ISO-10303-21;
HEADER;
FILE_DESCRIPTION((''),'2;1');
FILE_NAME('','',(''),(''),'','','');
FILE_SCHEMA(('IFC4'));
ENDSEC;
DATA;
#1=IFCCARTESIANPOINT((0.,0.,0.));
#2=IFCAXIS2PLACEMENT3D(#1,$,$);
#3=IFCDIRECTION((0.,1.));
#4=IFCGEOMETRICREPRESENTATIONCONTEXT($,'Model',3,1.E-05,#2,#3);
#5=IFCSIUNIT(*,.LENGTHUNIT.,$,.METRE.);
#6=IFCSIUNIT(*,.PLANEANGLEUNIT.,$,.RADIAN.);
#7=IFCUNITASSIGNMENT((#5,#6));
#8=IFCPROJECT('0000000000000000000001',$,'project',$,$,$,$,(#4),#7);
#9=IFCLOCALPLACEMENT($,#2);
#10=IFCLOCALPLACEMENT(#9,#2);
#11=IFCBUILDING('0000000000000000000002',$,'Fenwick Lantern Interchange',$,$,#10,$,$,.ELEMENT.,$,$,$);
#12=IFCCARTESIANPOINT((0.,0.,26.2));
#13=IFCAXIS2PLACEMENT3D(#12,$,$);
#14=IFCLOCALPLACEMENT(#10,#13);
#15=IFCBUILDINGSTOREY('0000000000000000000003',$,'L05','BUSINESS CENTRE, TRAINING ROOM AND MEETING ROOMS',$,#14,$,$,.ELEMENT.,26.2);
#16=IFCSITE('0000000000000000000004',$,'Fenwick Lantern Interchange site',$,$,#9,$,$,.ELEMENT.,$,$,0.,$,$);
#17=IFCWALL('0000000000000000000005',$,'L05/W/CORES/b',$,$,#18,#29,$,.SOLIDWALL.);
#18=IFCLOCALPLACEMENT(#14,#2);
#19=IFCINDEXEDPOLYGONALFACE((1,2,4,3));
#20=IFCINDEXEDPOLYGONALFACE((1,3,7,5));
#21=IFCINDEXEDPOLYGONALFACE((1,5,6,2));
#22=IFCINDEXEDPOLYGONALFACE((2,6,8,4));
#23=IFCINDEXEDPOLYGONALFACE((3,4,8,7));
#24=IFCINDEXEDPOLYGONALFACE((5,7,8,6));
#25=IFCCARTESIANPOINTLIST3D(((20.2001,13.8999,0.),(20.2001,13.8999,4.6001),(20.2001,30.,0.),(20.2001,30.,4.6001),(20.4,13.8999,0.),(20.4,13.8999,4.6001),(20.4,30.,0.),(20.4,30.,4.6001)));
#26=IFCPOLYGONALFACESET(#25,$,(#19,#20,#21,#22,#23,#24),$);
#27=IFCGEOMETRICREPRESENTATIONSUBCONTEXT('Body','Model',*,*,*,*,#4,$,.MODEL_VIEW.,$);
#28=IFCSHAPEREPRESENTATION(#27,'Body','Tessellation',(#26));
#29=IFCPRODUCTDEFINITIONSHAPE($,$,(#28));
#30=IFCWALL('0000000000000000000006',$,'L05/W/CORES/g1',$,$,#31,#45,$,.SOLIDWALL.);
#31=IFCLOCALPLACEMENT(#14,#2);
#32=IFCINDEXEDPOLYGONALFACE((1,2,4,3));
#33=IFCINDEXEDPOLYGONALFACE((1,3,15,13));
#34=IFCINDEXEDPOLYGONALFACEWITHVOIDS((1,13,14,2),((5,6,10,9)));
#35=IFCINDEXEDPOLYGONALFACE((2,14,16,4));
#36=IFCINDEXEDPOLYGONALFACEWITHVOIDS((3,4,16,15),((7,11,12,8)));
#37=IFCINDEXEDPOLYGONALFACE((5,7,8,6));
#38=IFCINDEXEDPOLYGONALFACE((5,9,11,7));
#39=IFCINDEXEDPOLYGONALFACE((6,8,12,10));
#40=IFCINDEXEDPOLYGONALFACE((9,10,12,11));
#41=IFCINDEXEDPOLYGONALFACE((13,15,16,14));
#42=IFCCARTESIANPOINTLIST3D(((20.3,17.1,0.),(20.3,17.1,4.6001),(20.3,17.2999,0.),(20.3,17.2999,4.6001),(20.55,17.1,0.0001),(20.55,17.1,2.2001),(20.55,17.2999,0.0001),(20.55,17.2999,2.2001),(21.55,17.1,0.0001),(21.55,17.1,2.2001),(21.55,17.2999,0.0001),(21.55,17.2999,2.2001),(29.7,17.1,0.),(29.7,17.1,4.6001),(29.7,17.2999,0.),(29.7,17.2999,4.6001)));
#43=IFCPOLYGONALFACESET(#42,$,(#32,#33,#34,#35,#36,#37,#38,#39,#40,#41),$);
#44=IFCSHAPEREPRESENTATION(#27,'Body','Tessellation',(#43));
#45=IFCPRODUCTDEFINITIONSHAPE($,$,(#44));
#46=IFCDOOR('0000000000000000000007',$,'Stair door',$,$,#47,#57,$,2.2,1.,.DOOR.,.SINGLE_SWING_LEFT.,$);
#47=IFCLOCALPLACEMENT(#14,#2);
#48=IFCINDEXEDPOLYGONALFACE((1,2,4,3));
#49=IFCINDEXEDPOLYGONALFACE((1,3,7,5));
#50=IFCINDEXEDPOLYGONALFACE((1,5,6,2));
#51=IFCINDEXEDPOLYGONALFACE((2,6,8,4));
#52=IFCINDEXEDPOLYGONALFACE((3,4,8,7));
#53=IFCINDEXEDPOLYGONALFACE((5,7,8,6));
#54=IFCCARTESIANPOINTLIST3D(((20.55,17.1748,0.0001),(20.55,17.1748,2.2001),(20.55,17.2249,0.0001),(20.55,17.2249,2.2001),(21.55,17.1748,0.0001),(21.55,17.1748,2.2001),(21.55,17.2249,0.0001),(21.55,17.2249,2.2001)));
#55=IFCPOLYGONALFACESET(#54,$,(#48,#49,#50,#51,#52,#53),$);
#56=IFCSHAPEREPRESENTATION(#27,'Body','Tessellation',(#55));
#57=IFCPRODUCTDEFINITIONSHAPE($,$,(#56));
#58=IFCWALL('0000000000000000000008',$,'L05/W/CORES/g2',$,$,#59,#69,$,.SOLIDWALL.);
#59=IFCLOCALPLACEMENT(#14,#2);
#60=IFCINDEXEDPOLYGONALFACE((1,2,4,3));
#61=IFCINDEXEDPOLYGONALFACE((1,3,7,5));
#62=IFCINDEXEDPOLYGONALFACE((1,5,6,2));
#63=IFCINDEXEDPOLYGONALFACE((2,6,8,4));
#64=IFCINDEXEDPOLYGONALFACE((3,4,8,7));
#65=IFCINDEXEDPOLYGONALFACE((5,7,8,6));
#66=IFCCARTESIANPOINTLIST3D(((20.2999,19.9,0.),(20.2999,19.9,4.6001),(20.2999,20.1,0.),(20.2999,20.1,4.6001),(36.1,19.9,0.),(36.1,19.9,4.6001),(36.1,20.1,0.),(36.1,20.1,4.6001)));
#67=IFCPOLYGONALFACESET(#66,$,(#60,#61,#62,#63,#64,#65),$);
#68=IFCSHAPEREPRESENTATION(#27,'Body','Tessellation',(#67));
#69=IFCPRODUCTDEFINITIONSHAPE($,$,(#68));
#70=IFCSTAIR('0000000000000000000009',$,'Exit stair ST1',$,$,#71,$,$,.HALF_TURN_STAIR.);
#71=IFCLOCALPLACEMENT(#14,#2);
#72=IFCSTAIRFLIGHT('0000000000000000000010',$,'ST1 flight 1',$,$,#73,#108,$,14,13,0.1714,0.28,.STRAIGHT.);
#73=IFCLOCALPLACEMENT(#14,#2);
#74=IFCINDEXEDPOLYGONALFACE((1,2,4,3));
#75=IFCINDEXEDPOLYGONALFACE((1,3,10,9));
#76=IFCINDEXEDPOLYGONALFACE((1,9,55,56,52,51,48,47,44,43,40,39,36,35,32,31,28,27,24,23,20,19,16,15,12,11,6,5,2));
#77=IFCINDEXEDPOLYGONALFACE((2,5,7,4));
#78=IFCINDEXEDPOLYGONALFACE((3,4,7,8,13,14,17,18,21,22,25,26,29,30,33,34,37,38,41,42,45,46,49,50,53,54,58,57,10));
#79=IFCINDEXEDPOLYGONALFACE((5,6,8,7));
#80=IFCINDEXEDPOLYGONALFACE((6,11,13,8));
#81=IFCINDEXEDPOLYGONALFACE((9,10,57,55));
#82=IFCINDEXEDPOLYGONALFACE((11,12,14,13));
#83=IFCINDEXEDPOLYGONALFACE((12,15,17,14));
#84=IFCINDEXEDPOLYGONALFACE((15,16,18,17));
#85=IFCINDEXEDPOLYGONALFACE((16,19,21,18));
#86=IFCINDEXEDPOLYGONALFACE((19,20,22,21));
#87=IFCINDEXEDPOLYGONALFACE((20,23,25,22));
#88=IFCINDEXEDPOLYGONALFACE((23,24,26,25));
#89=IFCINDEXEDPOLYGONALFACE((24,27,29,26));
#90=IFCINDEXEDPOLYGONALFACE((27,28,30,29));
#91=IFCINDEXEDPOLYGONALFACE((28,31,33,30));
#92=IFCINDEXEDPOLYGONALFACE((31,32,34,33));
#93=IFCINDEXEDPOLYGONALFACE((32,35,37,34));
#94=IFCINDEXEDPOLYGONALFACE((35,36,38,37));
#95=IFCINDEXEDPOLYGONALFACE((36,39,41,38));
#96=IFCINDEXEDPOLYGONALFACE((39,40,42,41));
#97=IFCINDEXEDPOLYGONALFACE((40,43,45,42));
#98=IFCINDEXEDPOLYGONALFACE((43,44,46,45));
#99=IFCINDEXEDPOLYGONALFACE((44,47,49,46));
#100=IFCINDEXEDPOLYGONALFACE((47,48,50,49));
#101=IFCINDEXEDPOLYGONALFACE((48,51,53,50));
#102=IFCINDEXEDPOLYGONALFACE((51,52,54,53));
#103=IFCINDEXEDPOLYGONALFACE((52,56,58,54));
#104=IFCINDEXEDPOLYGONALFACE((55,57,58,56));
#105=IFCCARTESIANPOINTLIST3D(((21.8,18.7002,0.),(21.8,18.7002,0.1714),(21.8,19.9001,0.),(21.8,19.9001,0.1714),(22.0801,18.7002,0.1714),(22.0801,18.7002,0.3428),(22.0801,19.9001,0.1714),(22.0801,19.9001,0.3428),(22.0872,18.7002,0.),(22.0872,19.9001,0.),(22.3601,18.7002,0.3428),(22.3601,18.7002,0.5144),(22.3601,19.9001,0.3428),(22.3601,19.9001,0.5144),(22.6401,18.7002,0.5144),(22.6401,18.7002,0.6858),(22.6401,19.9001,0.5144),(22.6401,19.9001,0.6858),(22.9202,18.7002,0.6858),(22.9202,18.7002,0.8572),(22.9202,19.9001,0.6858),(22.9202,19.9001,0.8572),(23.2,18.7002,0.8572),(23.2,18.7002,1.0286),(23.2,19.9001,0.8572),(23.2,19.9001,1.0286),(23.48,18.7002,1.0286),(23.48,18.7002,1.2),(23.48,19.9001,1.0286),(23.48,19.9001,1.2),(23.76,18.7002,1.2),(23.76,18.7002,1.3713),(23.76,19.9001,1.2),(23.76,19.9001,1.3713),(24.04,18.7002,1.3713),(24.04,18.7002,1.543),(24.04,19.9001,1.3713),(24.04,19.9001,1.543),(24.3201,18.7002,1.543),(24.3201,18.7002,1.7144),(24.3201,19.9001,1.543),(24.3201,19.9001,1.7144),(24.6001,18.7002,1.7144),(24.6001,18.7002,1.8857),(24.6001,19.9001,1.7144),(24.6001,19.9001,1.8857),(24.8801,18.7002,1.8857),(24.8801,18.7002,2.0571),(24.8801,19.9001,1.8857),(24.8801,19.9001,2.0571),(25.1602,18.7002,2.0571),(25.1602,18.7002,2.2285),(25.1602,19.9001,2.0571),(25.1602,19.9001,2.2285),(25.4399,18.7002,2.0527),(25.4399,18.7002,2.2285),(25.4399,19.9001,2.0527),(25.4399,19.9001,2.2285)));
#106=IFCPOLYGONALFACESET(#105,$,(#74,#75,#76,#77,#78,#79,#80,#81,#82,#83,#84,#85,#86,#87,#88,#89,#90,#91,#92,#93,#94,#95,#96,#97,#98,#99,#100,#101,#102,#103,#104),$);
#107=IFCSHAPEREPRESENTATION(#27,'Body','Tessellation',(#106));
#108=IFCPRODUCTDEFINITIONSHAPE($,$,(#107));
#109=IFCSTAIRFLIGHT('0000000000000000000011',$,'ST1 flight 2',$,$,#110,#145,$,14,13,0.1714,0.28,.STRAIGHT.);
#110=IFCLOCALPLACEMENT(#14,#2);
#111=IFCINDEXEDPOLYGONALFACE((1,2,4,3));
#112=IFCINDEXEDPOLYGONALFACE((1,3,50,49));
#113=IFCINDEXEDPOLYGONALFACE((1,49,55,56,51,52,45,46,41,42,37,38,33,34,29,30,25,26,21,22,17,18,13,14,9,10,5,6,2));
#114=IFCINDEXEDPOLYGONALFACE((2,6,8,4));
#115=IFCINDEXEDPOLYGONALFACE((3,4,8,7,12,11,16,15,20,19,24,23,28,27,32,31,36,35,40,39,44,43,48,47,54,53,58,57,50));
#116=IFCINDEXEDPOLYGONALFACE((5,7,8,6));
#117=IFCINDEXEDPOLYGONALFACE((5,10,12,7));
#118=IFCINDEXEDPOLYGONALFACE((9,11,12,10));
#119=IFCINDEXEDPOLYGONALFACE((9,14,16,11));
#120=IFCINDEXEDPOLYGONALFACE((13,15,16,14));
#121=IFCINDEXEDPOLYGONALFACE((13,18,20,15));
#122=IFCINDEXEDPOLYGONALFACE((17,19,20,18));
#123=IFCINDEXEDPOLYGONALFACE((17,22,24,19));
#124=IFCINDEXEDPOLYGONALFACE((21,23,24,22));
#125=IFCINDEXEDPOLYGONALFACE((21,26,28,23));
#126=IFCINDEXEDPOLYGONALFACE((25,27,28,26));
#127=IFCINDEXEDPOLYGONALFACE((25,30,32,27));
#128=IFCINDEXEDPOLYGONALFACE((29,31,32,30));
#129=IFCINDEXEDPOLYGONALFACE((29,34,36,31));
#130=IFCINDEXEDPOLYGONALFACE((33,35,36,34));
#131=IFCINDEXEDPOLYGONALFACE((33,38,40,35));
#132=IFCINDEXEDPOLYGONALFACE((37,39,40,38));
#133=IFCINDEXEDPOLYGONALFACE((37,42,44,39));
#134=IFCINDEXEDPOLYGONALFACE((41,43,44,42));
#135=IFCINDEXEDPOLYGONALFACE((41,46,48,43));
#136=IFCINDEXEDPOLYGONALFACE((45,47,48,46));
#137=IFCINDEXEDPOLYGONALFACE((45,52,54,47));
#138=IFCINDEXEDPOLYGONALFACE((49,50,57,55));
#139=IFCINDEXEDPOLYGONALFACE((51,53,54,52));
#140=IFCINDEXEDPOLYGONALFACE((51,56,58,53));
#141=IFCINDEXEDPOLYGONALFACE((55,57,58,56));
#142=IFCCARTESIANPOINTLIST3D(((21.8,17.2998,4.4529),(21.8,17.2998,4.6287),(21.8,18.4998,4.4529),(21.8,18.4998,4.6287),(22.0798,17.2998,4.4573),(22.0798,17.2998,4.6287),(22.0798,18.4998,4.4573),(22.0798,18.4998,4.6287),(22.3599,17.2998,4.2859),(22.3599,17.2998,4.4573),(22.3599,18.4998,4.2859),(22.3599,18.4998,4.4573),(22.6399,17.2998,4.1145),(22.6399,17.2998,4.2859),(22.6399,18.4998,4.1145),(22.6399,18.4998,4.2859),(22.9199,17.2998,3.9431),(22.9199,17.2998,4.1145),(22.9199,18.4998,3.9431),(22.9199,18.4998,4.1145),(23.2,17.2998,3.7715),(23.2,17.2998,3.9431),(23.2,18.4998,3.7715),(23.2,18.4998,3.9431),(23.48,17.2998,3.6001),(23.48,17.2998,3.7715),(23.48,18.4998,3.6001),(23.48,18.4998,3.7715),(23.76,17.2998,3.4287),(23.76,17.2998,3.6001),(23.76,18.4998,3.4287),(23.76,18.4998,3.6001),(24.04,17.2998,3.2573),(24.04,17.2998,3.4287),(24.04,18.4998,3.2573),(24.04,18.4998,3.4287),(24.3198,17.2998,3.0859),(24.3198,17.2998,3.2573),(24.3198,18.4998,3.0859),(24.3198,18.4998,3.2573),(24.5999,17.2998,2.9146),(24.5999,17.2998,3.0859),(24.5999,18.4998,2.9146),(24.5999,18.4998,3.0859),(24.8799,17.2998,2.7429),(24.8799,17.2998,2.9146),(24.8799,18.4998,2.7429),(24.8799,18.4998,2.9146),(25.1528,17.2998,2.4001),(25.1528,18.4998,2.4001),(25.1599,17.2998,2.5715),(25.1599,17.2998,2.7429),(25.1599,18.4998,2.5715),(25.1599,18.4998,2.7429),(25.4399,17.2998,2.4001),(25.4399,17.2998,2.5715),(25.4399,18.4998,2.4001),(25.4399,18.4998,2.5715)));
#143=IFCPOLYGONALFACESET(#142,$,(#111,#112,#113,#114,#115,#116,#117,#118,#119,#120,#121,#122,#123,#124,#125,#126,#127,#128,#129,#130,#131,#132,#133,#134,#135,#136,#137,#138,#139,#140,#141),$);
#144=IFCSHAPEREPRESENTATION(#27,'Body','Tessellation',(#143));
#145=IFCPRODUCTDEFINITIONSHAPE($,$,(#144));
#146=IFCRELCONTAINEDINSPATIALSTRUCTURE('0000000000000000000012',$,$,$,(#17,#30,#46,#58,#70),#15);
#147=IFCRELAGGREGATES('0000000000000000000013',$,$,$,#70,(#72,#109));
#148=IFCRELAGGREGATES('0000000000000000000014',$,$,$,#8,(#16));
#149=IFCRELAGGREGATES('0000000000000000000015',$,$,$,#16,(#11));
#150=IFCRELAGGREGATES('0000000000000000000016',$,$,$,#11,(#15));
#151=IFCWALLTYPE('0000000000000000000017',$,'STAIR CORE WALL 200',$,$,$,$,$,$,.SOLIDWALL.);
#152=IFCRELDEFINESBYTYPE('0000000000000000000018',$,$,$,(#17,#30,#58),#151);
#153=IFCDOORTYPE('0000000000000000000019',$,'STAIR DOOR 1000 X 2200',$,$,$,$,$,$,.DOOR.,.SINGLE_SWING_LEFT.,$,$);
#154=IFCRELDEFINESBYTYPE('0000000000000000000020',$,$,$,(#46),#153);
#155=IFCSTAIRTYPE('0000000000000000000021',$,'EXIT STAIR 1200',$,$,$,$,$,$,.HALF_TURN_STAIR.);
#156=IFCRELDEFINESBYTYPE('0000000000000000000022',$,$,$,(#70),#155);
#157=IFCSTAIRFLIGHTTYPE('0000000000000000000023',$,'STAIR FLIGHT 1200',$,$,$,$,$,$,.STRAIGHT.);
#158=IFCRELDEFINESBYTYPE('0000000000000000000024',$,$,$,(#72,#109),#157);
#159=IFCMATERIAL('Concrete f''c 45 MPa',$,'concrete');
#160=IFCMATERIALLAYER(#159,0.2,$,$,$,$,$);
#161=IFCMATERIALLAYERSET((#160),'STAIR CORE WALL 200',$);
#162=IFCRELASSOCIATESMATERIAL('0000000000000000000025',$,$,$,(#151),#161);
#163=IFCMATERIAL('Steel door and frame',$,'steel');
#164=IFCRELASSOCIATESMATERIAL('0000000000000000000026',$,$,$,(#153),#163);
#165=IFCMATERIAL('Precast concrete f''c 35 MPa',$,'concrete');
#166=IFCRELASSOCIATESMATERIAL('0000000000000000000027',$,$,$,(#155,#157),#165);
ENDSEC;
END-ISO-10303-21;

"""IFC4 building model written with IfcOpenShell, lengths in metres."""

from ifc_helpers import new_model, si_unit, direction, frame, frame_2d, origin, place, context, subcontext, project, spatial, polyline, rectangle, outline, extrude, material, layer, layer_set, type_object, element, fill, aggregate, save


model = new_model("IFC4")

# Units and contexts
model_context = context("Model", 3, precision=1e-05, world=origin(), true_north=direction((0.0, 1.0)))
body_context = subcontext(model_context, "Body", "Model", "MODEL_VIEW")
ifc_project = project(units=[si_unit("LENGTHUNIT", "METRE"), si_unit("PLANEANGLEUNIT", "RADIAN")], contexts=[model_context])

# Site, building, storey
site_placement = place(None, origin())
site = spatial("IfcSite", under=ifc_project, at=site_placement, Name="Fenwick Lantern Interchange site", CompositionType="ELEMENT", RefElevation=0.0)
building_placement = place(site_placement, origin())
building = spatial("IfcBuilding", under=site, at=building_placement, Name="Fenwick Lantern Interchange", CompositionType="ELEMENT")
storey_placement = place(building_placement, frame((0.0, 0.0, 26.2)))
storey = spatial("IfcBuildingStorey", under=building, at=storey_placement, Name="L05", Description="BUSINESS CENTRE, TRAINING ROOM AND MEETING ROOMS", CompositionType="ELEMENT", Elevation=26.2)

# Shared definitions
ifc_material_1 = material(Name="Steel door and frame", Category="steel")

# Wall
ifc_material_2 = material(Name="Concrete f'c 45 MPa", Category="concrete")
ifc_layer_1 = layer(ifc_material_2, 0.2)
ifc_layer_set_1 = layer_set([ifc_layer_1], Name="STAIR CORE WALL 200")
wall_type_1 = type_object("IfcWallType", Name="STAIR CORE WALL 200", PredefinedType="SOLIDWALL", material=ifc_layer_set_1)
wall_1_placement = place(storey_placement, frame((20.3, 13.8999, 0.0), z_axis=(0.0, 0.0, 1.0), x_axis=(0.0, 1.0, 0.0)))
element("IfcWall", 1, at=wall_1_placement, inside=storey, type_object=wall_type_1, Name="L05/W/CORES/b", PredefinedType="SOLIDWALL", context=body_context, shape_type="SweptSolid", body=[
    extrude(rectangle(XDim=16.1001, YDim=0.2, at=frame_2d((8.05, 0.0))), origin(), (0.0, 0.0, 1.0), 4.6001),
])

# Wall, opening, door
wall_2_placement = place(storey_placement, frame((20.3, 17.2, 0.0), z_axis=(0.0, 0.0, 1.0), x_axis=(1.0, 0.0, 0.0)))
wall_2 = element("IfcWall", 2, at=wall_2_placement, inside=storey, type_object=wall_type_1, Name="L05/W/CORES/g1", PredefinedType="SOLIDWALL", context=body_context, shape_type="SweptSolid", body=[
    extrude(rectangle(XDim=9.3999, YDim=0.2, at=frame_2d((4.7, 0.0))), origin(), (0.0, 0.0, 1.0), 4.6001),
])
opening_1_placement = place(wall_2_placement, frame((0.25, 0.0, 0.0)))
opening_1 = element("IfcOpeningElement", 3, at=opening_1_placement, cuts=wall_2, PredefinedType="OPENING", context=body_context, shape_type="SweptSolid", body=[
    extrude(rectangle(XDim=1.0, YDim=2.2, at=frame_2d((0.5, 1.1001))), frame((0.0, 0.1099, 0.0), z_axis=(0.0, -1.0, 0.0), x_axis=(1.0, 0.0, 0.0)), (0.0, 0.0, 1.0), 0.22),
])
door_type_1 = type_object("IfcDoorType", Name="STAIR DOOR 1000 X 2200", OperationType="SINGLE_SWING_LEFT", PredefinedType="DOOR", material=ifc_material_1)
door_1_placement = place(opening_1_placement, origin())
door_1 = element("IfcDoor", 4, at=door_1_placement, inside=storey, type_object=door_type_1, Name="Stair door", OperationType="SINGLE_SWING_LEFT", OverallHeight=2.2, OverallWidth=1.0, PredefinedType="DOOR", context=body_context, shape_type="SweptSolid", body=[
    extrude(rectangle(XDim=1.0, YDim=2.2, at=frame_2d((0.5, 1.1001))), frame((0.0, 0.0249, 0.0), z_axis=(0.0, -1.0, 0.0), x_axis=(1.0, 0.0, 0.0)), (0.0, 0.0, 1.0), 0.05),
])
fill(opening_1, door_1)

# Wall
wall_3_placement = place(storey_placement, frame((20.3, 20.0, 0.0), z_axis=(0.0, 0.0, 1.0), x_axis=(1.0, 0.0, 0.0)))
element("IfcWall", 5, at=wall_3_placement, inside=storey, type_object=wall_type_1, Name="L05/W/CORES/g2", PredefinedType="SOLIDWALL", context=body_context, shape_type="SweptSolid", body=[
    extrude(rectangle(XDim=15.8, YDim=0.2, at=frame_2d((7.8999, 0.0))), origin(), (0.0, 0.0, 1.0), 4.6001),
])

# Stair, stair flights
ifc_material_3 = material(Name="Precast concrete f'c 35 MPa", Category="concrete")
stair_type = type_object("IfcStairType", Name="EXIT STAIR 1200", PredefinedType="HALF_TURN_STAIR", material=ifc_material_3)
stair_placement = place(storey_placement, origin())
stair = element("IfcStair", 6, at=stair_placement, inside=storey, type_object=stair_type, Name="Exit stair ST1", PredefinedType="HALF_TURN_STAIR")
stair_flight_type = type_object("IfcStairFlightType", Name="STAIR FLIGHT 1200", PredefinedType="STRAIGHT", material=ifc_material_3)
stair_flight_1_placement = place(storey_placement, frame((21.8, 19.3, 0.0), z_axis=(0.0, 0.0, 1.0), x_axis=(1.0, 0.0, 0.0)))
stair_flight_1 = element("IfcStairFlight", 7, at=stair_flight_1_placement, type_object=stair_flight_type, Name="ST1 flight 1", NumberOfRisers=14, NumberOfTreads=13, PredefinedType="STRAIGHT", RiserHeight=0.1714, TreadLength=0.28, context=body_context, shape_type="SweptSolid", body=[
    extrude(outline(polyline([(0.0, 0.0), (0.0, 0.1714), (0.28, 0.1714), (0.28, 0.3428), (0.5601, 0.3428), (0.5601, 0.5144), (0.8401, 0.5144), (0.8401, 0.6858), (1.1201, 0.6858), (1.1201, 0.8572), (1.3999, 0.8572), (1.3999, 1.0286), (1.6799, 1.0286), (1.6799, 1.2), (1.96, 1.2), (1.96, 1.3713), (2.24, 1.3713), (2.24, 1.543), (2.52, 1.543), (2.52, 1.7144), (2.8, 1.7144), (2.8, 1.8857), (3.0801, 1.8857), (3.0801, 2.0571), (3.3601, 2.0571), (3.3601, 2.2285), (3.6399, 2.2285), (3.6399, 2.3999), (3.6399, 2.0527), (0.2871, 0.0), (0.0, 0.0)])), frame((0.0, 0.6001, 0.0), z_axis=(0.0, -1.0, 0.0), x_axis=(1.0, 0.0, 0.0)), (0.0, 0.0, 1.0), 1.2),
])
stair_flight_2_placement = place(storey_placement, frame((25.4399, 17.8999, 2.4001), z_axis=(0.0, 0.0, 1.0), x_axis=(-1.0, 0.0, 0.0)))
stair_flight_2 = element("IfcStairFlight", 8, at=stair_flight_2_placement, type_object=stair_flight_type, Name="ST1 flight 2", NumberOfRisers=14, NumberOfTreads=13, PredefinedType="STRAIGHT", RiserHeight=0.1714, TreadLength=0.28, context=body_context, shape_type="SweptSolid", body=[
    extrude(outline(polyline([(0.0, 0.0), (0.0, 0.1714), (0.28, 0.1714), (0.28, 0.3428), (0.5601, 0.3428), (0.5601, 0.5144), (0.8401, 0.5144), (0.8401, 0.6858), (1.1201, 0.6858), (1.1201, 0.8572), (1.3999, 0.8572), (1.3999, 1.0286), (1.6799, 1.0286), (1.6799, 1.2), (1.96, 1.2), (1.96, 1.3713), (2.24, 1.3713), (2.24, 1.543), (2.52, 1.543), (2.52, 1.7144), (2.8, 1.7144), (2.8, 1.8857), (3.0801, 1.8857), (3.0801, 2.0571), (3.3601, 2.0571), (3.3601, 2.2285), (3.6399, 2.2285), (3.6399, 2.3999), (3.6399, 2.0527), (0.2871, 0.0), (0.0, 0.0)])), frame((0.0, 0.6001, 0.0), z_axis=(0.0, -1.0, 0.0), x_axis=(1.0, 0.0, 0.0)), (0.0, 0.0, 1.0), 1.2),
])
aggregate(stair, [stair_flight_1, stair_flight_2])

save(model, "model.ifc")
